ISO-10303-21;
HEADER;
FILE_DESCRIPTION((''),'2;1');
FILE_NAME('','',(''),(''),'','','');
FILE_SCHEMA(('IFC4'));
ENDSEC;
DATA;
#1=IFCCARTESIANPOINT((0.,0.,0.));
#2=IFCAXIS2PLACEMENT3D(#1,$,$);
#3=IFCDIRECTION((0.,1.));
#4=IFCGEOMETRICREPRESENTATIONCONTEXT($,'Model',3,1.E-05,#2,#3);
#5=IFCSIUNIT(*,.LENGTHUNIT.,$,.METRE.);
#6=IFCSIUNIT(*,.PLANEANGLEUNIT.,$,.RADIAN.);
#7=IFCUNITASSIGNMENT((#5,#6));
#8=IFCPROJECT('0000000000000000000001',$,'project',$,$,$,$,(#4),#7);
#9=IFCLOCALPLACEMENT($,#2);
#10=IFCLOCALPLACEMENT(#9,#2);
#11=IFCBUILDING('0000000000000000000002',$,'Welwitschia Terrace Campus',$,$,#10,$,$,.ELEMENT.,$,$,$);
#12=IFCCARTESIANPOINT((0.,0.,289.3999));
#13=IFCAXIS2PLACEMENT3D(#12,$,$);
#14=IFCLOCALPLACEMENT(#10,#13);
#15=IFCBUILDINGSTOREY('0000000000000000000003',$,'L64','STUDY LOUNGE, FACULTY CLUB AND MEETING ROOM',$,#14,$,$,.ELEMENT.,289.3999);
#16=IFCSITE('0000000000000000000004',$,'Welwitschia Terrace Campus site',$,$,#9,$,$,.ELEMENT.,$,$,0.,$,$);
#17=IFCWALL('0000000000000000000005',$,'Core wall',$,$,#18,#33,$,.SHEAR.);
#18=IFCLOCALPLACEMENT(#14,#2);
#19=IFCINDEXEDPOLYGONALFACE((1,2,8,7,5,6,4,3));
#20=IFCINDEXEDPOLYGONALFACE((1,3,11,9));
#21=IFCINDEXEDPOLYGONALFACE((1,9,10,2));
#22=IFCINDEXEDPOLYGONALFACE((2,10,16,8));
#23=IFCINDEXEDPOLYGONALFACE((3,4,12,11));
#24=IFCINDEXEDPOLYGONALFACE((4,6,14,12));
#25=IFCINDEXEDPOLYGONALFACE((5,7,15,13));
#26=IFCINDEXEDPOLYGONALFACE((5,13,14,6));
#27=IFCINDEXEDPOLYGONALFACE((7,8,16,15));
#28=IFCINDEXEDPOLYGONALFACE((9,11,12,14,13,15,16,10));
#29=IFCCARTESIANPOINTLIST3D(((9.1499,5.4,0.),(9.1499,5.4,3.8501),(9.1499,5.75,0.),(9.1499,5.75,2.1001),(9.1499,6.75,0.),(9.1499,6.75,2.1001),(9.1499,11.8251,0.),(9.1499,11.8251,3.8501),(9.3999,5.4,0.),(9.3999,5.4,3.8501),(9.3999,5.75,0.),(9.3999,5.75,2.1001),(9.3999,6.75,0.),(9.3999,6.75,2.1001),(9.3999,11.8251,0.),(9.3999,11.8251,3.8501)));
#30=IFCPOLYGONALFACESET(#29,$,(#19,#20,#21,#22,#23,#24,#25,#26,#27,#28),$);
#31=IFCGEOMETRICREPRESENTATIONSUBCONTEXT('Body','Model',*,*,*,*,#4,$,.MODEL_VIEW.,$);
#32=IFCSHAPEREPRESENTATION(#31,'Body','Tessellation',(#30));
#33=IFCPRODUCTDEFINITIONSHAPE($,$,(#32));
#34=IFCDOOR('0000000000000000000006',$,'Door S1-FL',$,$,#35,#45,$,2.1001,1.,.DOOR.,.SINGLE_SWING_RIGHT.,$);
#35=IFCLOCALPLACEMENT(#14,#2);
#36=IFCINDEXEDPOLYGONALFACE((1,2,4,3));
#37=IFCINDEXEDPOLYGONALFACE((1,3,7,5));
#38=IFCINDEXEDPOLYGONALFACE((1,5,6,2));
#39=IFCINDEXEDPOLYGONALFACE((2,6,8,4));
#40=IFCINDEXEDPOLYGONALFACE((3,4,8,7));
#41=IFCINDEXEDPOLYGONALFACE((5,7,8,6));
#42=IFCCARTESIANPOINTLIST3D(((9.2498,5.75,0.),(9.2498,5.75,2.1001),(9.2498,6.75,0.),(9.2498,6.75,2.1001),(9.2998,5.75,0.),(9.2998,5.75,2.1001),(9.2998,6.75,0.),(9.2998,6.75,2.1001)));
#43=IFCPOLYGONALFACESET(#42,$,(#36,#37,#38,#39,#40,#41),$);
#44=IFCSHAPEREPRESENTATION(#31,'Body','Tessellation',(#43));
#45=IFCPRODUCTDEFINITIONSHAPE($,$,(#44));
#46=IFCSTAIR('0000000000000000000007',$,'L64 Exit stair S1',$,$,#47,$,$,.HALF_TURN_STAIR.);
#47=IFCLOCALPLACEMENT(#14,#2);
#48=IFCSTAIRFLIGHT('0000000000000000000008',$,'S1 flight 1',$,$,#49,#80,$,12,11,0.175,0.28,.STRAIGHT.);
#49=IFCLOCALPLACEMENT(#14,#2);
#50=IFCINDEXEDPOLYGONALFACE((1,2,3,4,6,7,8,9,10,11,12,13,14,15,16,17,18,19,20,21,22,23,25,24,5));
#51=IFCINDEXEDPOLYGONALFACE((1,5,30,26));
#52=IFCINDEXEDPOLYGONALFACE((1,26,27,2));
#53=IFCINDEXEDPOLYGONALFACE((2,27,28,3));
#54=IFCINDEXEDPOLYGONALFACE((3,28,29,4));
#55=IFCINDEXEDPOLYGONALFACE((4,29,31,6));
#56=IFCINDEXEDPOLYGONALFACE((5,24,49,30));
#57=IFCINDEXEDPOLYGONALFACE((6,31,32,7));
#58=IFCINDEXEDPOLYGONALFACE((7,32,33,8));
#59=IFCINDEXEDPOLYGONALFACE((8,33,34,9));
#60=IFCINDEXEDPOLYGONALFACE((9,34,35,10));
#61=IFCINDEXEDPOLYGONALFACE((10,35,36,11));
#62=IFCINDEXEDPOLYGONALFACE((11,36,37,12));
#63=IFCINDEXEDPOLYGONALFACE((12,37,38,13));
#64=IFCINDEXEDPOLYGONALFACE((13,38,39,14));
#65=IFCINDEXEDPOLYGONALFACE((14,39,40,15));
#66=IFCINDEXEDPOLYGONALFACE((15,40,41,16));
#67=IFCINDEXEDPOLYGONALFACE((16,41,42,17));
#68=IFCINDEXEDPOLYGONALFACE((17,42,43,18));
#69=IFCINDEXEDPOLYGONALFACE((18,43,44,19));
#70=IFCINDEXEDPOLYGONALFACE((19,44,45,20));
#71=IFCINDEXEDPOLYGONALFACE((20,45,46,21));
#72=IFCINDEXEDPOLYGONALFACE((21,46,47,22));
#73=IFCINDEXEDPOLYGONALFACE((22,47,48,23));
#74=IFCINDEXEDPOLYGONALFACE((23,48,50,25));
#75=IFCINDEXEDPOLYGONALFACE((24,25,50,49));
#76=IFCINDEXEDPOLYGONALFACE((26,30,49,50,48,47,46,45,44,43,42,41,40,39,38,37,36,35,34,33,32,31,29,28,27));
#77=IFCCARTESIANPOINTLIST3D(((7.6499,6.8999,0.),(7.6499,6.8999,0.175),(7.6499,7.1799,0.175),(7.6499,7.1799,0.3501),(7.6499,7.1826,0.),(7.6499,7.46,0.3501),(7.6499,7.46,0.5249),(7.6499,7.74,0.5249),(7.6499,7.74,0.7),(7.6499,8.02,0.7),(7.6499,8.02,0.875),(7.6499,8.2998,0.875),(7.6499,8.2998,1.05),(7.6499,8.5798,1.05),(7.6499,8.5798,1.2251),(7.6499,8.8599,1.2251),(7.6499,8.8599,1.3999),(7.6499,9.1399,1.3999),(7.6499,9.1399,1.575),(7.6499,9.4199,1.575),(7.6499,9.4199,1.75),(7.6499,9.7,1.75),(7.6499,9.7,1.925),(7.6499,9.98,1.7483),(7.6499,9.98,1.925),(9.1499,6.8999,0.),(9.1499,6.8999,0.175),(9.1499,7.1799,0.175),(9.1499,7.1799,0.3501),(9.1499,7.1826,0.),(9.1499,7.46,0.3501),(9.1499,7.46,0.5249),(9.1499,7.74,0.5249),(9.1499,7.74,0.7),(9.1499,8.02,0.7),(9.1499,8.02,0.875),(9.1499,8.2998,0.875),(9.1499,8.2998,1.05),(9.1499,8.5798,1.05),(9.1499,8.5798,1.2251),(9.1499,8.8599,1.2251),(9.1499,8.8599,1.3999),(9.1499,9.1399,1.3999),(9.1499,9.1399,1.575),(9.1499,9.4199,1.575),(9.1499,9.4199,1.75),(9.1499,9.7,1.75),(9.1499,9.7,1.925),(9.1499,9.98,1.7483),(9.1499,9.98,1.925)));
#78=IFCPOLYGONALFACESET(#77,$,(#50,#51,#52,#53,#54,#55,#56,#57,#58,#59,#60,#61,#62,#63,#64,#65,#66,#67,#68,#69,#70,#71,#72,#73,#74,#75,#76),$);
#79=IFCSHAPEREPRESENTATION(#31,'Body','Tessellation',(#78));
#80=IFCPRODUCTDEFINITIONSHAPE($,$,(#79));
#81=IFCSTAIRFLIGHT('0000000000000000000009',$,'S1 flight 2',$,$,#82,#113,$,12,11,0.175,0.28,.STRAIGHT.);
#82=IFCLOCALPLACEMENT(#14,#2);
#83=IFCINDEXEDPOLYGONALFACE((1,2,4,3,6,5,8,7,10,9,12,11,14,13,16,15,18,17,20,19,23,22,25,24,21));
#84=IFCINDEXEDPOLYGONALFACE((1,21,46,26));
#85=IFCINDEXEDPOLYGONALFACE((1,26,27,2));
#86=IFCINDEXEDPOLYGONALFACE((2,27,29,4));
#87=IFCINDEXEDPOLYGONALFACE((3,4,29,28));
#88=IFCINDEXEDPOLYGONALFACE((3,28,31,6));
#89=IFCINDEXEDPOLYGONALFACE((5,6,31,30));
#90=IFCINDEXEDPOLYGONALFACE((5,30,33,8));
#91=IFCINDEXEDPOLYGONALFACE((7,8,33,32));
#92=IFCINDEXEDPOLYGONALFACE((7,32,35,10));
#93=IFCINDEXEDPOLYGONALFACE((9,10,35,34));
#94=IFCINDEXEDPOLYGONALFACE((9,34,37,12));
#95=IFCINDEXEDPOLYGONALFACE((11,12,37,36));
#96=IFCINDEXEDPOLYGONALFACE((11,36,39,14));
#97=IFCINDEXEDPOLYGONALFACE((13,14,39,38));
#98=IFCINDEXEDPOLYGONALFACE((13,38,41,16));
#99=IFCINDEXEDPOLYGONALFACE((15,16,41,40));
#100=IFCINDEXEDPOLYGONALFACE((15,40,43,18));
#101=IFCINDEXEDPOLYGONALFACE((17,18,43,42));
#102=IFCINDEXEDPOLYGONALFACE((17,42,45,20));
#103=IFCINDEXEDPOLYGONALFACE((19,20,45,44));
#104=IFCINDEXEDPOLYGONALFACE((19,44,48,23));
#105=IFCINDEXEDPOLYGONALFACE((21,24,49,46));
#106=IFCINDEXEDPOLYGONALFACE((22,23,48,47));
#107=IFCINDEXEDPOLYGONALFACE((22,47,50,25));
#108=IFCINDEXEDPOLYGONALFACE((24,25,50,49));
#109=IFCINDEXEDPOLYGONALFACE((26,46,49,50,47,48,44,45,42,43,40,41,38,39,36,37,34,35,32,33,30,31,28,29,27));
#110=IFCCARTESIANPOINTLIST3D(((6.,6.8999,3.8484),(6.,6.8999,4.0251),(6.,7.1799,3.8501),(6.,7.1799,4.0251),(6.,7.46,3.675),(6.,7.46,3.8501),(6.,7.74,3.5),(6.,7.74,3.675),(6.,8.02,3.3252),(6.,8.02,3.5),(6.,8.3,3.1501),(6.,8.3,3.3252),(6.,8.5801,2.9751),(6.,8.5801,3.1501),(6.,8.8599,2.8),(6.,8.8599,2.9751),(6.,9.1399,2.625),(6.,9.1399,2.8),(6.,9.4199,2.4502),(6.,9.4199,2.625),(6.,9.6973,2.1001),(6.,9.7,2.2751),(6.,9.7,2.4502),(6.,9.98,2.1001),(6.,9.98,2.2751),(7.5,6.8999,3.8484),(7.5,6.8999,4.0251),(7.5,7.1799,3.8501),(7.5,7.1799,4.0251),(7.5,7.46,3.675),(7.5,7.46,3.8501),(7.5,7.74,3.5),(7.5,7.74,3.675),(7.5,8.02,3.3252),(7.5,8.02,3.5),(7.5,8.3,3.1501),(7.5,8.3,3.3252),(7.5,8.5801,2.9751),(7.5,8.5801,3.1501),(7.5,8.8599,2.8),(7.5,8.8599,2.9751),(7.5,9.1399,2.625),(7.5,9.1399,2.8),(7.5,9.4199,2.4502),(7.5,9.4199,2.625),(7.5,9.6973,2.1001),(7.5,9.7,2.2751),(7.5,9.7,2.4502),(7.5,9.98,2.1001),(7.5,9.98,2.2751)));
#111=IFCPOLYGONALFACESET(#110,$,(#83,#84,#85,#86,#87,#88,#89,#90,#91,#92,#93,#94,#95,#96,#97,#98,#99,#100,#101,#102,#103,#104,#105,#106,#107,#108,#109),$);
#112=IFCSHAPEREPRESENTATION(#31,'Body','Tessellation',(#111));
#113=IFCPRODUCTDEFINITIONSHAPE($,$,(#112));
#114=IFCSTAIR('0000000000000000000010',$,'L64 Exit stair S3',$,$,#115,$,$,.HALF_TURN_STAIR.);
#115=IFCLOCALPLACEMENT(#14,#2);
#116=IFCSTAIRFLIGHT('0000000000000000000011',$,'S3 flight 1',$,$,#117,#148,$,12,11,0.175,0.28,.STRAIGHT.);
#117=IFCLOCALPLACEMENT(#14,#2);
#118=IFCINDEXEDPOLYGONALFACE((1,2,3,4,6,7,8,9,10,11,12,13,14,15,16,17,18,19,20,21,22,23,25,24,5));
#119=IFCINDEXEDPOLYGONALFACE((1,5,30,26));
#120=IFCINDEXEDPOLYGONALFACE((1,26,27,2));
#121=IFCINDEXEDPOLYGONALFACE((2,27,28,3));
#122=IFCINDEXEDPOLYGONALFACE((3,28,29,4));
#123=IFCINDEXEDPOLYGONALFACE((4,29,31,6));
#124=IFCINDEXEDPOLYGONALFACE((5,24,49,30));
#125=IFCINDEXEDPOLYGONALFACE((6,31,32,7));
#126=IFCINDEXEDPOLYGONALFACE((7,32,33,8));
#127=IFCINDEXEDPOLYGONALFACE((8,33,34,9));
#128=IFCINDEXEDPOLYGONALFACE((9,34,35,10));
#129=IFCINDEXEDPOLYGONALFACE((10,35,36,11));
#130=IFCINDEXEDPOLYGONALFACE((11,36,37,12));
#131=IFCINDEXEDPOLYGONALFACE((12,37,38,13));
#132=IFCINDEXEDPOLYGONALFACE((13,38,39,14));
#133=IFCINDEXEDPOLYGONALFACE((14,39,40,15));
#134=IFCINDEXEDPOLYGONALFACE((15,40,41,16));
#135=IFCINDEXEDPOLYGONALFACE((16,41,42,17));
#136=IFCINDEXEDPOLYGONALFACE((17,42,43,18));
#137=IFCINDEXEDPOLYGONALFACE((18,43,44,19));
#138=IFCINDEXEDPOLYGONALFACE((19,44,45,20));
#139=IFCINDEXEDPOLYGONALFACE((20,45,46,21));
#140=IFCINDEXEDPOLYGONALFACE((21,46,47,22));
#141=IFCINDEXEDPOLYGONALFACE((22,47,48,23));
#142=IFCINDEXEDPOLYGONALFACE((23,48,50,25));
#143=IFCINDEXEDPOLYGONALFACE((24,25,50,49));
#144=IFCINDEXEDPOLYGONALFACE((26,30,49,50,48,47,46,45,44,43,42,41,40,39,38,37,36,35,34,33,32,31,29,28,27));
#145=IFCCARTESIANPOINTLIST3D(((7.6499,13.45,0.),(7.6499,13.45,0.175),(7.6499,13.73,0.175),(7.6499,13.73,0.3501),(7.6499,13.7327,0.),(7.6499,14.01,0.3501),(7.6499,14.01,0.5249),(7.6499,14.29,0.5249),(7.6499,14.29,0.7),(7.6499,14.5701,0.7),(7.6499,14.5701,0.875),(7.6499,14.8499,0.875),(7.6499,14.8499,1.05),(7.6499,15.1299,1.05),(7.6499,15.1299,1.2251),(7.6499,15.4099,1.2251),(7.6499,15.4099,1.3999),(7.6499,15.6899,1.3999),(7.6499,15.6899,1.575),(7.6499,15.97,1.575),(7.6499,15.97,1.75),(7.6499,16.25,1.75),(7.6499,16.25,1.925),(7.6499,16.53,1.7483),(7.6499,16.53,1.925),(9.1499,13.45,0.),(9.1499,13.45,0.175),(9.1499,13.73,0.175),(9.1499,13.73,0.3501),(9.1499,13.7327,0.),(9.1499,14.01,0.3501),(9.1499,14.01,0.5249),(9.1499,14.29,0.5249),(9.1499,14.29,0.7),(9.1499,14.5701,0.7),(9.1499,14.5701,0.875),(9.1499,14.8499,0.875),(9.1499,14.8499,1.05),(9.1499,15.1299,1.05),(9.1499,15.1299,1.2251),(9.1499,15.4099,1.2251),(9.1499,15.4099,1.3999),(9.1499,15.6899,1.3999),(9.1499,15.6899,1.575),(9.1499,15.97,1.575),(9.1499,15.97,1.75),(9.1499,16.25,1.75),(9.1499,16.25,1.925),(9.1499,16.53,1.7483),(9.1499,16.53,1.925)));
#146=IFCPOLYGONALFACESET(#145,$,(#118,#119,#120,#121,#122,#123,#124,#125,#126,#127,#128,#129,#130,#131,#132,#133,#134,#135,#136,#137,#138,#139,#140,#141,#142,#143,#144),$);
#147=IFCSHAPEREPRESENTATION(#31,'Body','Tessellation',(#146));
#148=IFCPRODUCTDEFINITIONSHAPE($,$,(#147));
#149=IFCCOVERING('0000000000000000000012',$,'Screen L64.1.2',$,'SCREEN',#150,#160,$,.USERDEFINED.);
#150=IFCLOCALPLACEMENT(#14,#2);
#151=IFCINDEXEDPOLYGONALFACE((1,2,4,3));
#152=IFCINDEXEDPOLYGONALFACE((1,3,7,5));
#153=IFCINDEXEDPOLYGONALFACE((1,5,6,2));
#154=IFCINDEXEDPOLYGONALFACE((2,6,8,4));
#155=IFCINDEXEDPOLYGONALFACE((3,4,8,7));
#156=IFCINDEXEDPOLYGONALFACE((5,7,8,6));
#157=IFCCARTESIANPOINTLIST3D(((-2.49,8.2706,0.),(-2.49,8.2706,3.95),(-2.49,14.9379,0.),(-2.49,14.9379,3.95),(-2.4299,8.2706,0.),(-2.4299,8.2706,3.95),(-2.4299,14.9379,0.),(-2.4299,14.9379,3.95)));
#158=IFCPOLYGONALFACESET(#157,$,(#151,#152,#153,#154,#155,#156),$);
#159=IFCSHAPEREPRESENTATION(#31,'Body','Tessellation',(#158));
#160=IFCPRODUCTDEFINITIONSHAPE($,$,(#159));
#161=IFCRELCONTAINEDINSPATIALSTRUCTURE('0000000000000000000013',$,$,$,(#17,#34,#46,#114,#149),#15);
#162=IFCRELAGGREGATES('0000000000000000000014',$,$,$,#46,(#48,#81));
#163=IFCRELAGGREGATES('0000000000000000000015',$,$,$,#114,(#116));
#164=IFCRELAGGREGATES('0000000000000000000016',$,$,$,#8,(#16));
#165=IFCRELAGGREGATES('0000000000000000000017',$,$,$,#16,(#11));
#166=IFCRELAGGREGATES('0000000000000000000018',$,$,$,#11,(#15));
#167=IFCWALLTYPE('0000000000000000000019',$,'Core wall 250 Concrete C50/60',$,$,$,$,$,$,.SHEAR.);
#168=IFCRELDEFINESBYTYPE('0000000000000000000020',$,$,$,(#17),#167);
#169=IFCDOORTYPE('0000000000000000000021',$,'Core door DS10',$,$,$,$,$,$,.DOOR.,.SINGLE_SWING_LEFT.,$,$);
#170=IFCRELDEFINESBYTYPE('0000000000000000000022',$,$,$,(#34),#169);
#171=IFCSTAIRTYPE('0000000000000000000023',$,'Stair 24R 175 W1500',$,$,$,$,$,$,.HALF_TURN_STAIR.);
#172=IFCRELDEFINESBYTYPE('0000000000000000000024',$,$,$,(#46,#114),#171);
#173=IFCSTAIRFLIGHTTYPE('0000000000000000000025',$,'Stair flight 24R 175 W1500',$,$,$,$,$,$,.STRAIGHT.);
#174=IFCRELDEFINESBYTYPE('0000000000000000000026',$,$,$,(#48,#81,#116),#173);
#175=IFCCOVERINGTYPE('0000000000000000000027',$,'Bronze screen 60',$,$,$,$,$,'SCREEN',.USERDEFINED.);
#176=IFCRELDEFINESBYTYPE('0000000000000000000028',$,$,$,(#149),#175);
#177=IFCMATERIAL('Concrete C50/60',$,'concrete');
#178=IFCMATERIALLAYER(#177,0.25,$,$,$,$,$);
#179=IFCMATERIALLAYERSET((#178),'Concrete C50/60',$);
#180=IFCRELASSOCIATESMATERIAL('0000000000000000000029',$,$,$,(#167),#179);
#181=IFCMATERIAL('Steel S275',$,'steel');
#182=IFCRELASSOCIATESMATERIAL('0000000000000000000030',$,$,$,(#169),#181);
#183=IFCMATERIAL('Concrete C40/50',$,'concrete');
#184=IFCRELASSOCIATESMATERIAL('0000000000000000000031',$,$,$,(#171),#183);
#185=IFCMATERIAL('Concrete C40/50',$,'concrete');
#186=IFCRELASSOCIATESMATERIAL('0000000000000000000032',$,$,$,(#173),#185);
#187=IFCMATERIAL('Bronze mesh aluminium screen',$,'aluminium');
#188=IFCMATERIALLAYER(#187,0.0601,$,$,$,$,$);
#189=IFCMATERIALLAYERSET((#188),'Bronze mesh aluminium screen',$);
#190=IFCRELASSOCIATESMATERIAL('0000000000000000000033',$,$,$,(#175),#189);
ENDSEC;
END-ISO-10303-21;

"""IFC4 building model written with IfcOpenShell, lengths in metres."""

from ifc_helpers import new_model, si_unit, direction, frame, frame_2d, origin, origin_2d, place, context, subcontext, project, spatial, polyline, rectangle, outline, extrude, material, layer, layer_set, type_object, element, fill, aggregate, save


model = new_model("IFC4")

# Units and contexts
model_context = context("Model", 3, precision=1e-05, world=origin(), true_north=direction((0.0, 1.0)))
body_context = subcontext(model_context, "Body", "Model", "MODEL_VIEW")
ifc_project = project(units=[si_unit("LENGTHUNIT", "METRE"), si_unit("PLANEANGLEUNIT", "RADIAN")], contexts=[model_context])

# Site, building, storey
site_placement = place(None, origin())
site = spatial("IfcSite", under=ifc_project, at=site_placement, Name="Welwitschia Terrace Campus site", CompositionType="ELEMENT", RefElevation=0.0)
building_placement = place(site_placement, origin())
building = spatial("IfcBuilding", under=site, at=building_placement, Name="Welwitschia Terrace Campus", CompositionType="ELEMENT")
storey_placement = place(building_placement, frame((0.0, 0.0, 289.3999)))
storey = spatial("IfcBuildingStorey", under=building, at=storey_placement, Name="L64", Description="STUDY LOUNGE, FACULTY CLUB AND MEETING ROOM", CompositionType="ELEMENT", Elevation=289.3999)

# Shared definitions
ifc_material_1 = material(Name="Concrete C50/60", Category="concrete")
ifc_layer_1 = layer(ifc_material_1, 0.25)
ifc_layer_set_1 = layer_set([ifc_layer_1], Name="Concrete C50/60")
wall_type_1 = type_object("IfcWallType", Name="Core wall 250 Concrete C50/60", PredefinedType="SHEAR", material=ifc_layer_set_1)

# Wall, opening, door
wall_1_placement = place(storey_placement, frame((9.2749, 11.825, 0.0), z_axis=(0.0, 0.0, 1.0), x_axis=(0.0, -1.0, 0.0)))
wall_1 = element("IfcWall", 1, at=wall_1_placement, inside=storey, type_object=wall_type_1, Name="Core wall", PredefinedType="SHEAR", context=body_context, shape_type="SweptSolid", body=[
    extrude(rectangle(XDim=6.425, YDim=0.25, at=frame_2d((3.2124, 0.0))), origin(), (0.0, 0.0, 1.0), 3.8501),
])
opening_placement = place(wall_1_placement, frame((5.075, 0.0, 0.0)))
opening = element("IfcOpeningElement", 2, at=opening_placement, cuts=wall_1, PredefinedType="OPENING", context=body_context, shape_type="SweptSolid", body=[
    extrude(rectangle(XDim=1.0, YDim=2.1001, at=frame_2d((0.5, 1.05))), frame((0.0, 0.135, 0.0), z_axis=(0.0, -1.0, 0.0), x_axis=(1.0, 0.0, 0.0)), (0.0, 0.0, 1.0), 0.27),
])
ifc_material_2 = material(Name="Steel S275", Category="steel")
door_type = type_object("IfcDoorType", Name="Core door DS10", OperationType="SINGLE_SWING_LEFT", PredefinedType="DOOR", material=ifc_material_2)
door_placement = place(opening_placement, origin())
door = element("IfcDoor", 3, at=door_placement, inside=storey, type_object=door_type, Name="Door S1-FL", OperationType="SINGLE_SWING_RIGHT", OverallHeight=2.1001, OverallWidth=1.0, PredefinedType="DOOR", context=body_context, shape_type="SweptSolid", body=[
    extrude(rectangle(XDim=1.0, YDim=2.1001, at=frame_2d((0.5, 1.05))), frame((0.0, 0.0249, 0.0), z_axis=(0.0, -1.0, 0.0), x_axis=(1.0, 0.0, 0.0)), (0.0, 0.0, 1.0), 0.05),
])
fill(opening, door)

# Stair, stair flights
ifc_material_3 = material(Name="Concrete C40/50", Category="concrete")
stair_type = type_object("IfcStairType", Name="Stair 24R 175 W1500", PredefinedType="HALF_TURN_STAIR", material=ifc_material_3)
stair_1_placement = place(storey_placement, origin())
stair_1 = element("IfcStair", 4, at=stair_1_placement, inside=storey, type_object=stair_type, Name="L64 Exit stair S1", PredefinedType="HALF_TURN_STAIR")
ifc_material_4 = material(Name="Concrete C40/50", Category="concrete")
stair_flight_type = type_object("IfcStairFlightType", Name="Stair flight 24R 175 W1500", PredefinedType="STRAIGHT", material=ifc_material_4)
stair_flight_1_placement = place(storey_placement, frame((8.3999, 6.8999, 0.0), z_axis=(0.0, 0.0, 1.0), x_axis=(0.0, 1.0, 0.0)))
stair_flight_1 = element("IfcStairFlight", 5, at=stair_flight_1_placement, type_object=stair_flight_type, Name="S1 flight 1", NumberOfRisers=12, NumberOfTreads=11, PredefinedType="STRAIGHT", RiserHeight=0.175, TreadLength=0.28, context=body_context, shape_type="SweptSolid", body=[
    extrude(outline(polyline([(0.0, 0.0), (0.0, 0.175), (0.28, 0.175), (0.28, 0.3501), (0.5601, 0.3501), (0.5601, 0.5249), (0.8401, 0.5249), (0.8401, 0.7), (1.1201, 0.7), (1.1201, 0.875), (1.3999, 0.875), (1.3999, 1.05), (1.6799, 1.05), (1.6799, 1.2251), (1.96, 1.2251), (1.96, 1.3999), (2.24, 1.3999), (2.24, 1.575), (2.52, 1.575), (2.52, 1.75), (2.8, 1.75), (2.8, 1.925), (3.0801, 1.925), (3.0801, 2.1001), (3.0801, 1.7483), (0.2827, 0.0), (0.0, 0.0)])), frame((0.0, 0.75, 0.0), z_axis=(0.0, -1.0, 0.0), x_axis=(1.0, 0.0, 0.0)), (0.0, 0.0, 1.0), 1.5),
])
stair_flight_2_placement = place(storey_placement, frame((6.75, 9.98, 2.1001), z_axis=(0.0, 0.0, 1.0), x_axis=(0.0, -1.0, 0.0)))
stair_flight_2 = element("IfcStairFlight", 6, at=stair_flight_2_placement, type_object=stair_flight_type, Name="S1 flight 2", NumberOfRisers=12, NumberOfTreads=11, PredefinedType="STRAIGHT", RiserHeight=0.175, TreadLength=0.28, context=body_context, shape_type="SweptSolid", body=[
    extrude(outline(polyline([(0.0, 0.0), (0.0, 0.175), (0.28, 0.175), (0.28, 0.3501), (0.5601, 0.3501), (0.5601, 0.5249), (0.8401, 0.5249), (0.8401, 0.7), (1.1201, 0.7), (1.1201, 0.875), (1.3999, 0.875), (1.3999, 1.05), (1.6799, 1.05), (1.6799, 1.2251), (1.96, 1.2251), (1.96, 1.3999), (2.24, 1.3999), (2.24, 1.575), (2.52, 1.575), (2.52, 1.75), (2.8, 1.75), (2.8, 1.925), (3.0801, 1.925), (3.0801, 2.1001), (3.0801, 1.7483), (0.2827, 0.0), (0.0, 0.0)])), frame((0.0, 0.75, 0.0), z_axis=(0.0, -1.0, 0.0), x_axis=(1.0, 0.0, 0.0)), (0.0, 0.0, 1.0), 1.5),
])
aggregate(stair_1, [stair_flight_1, stair_flight_2])

# Stair, stair flight
stair_2_placement = place(storey_placement, origin())
stair_2 = element("IfcStair", 7, at=stair_2_placement, inside=storey, type_object=stair_type, Name="L64 Exit stair S3", PredefinedType="HALF_TURN_STAIR")
stair_flight_3_placement = place(storey_placement, frame((8.3999, 13.45, 0.0), z_axis=(0.0, 0.0, 1.0), x_axis=(0.0, 1.0, 0.0)))
stair_flight_3 = element("IfcStairFlight", 8, at=stair_flight_3_placement, type_object=stair_flight_type, Name="S3 flight 1", NumberOfRisers=12, NumberOfTreads=11, PredefinedType="STRAIGHT", RiserHeight=0.175, TreadLength=0.28, context=body_context, shape_type="SweptSolid", body=[
    extrude(outline(polyline([(0.0, 0.0), (0.0, 0.175), (0.28, 0.175), (0.28, 0.3501), (0.5601, 0.3501), (0.5601, 0.5249), (0.8401, 0.5249), (0.8401, 0.7), (1.1201, 0.7), (1.1201, 0.875), (1.3999, 0.875), (1.3999, 1.05), (1.6799, 1.05), (1.6799, 1.2251), (1.96, 1.2251), (1.96, 1.3999), (2.24, 1.3999), (2.24, 1.575), (2.52, 1.575), (2.52, 1.75), (2.8, 1.75), (2.8, 1.925), (3.0801, 1.925), (3.0801, 2.1001), (3.0801, 1.7483), (0.2827, 0.0), (0.0, 0.0)])), frame((0.0, 0.75, 0.0), z_axis=(0.0, -1.0, 0.0), x_axis=(1.0, 0.0, 0.0)), (0.0, 0.0, 1.0), 1.5),
])
aggregate(stair_2, [stair_flight_3])

# Covering
ifc_material_5 = material(Name="Bronze mesh aluminium screen", Category="aluminium")
ifc_layer_2 = layer(ifc_material_5, 0.0601)
ifc_layer_set_2 = layer_set([ifc_layer_2], Name="Bronze mesh aluminium screen")
covering_type = type_object("IfcCoveringType", Name="Bronze screen 60", ElementType="SCREEN", PredefinedType="USERDEFINED", material=ifc_layer_set_2)
covering_placement = place(storey_placement, frame((-2.46, 11.6042, 0.0), z_axis=(0.0, 0.0, 1.0), x_axis=(0.0, -1.0, 0.0)))
element("IfcCovering", 9, at=covering_placement, inside=storey, type_object=covering_type, Name="Screen L64.1.2", ObjectType="SCREEN", PredefinedType="USERDEFINED", context=body_context, shape_type="SweptSolid", body=[
    extrude(rectangle(XDim=6.6672, YDim=0.0601, at=origin_2d()), origin(), (0.0, 0.0, 1.0), 3.95),
])

save(model, "model.ifc")
